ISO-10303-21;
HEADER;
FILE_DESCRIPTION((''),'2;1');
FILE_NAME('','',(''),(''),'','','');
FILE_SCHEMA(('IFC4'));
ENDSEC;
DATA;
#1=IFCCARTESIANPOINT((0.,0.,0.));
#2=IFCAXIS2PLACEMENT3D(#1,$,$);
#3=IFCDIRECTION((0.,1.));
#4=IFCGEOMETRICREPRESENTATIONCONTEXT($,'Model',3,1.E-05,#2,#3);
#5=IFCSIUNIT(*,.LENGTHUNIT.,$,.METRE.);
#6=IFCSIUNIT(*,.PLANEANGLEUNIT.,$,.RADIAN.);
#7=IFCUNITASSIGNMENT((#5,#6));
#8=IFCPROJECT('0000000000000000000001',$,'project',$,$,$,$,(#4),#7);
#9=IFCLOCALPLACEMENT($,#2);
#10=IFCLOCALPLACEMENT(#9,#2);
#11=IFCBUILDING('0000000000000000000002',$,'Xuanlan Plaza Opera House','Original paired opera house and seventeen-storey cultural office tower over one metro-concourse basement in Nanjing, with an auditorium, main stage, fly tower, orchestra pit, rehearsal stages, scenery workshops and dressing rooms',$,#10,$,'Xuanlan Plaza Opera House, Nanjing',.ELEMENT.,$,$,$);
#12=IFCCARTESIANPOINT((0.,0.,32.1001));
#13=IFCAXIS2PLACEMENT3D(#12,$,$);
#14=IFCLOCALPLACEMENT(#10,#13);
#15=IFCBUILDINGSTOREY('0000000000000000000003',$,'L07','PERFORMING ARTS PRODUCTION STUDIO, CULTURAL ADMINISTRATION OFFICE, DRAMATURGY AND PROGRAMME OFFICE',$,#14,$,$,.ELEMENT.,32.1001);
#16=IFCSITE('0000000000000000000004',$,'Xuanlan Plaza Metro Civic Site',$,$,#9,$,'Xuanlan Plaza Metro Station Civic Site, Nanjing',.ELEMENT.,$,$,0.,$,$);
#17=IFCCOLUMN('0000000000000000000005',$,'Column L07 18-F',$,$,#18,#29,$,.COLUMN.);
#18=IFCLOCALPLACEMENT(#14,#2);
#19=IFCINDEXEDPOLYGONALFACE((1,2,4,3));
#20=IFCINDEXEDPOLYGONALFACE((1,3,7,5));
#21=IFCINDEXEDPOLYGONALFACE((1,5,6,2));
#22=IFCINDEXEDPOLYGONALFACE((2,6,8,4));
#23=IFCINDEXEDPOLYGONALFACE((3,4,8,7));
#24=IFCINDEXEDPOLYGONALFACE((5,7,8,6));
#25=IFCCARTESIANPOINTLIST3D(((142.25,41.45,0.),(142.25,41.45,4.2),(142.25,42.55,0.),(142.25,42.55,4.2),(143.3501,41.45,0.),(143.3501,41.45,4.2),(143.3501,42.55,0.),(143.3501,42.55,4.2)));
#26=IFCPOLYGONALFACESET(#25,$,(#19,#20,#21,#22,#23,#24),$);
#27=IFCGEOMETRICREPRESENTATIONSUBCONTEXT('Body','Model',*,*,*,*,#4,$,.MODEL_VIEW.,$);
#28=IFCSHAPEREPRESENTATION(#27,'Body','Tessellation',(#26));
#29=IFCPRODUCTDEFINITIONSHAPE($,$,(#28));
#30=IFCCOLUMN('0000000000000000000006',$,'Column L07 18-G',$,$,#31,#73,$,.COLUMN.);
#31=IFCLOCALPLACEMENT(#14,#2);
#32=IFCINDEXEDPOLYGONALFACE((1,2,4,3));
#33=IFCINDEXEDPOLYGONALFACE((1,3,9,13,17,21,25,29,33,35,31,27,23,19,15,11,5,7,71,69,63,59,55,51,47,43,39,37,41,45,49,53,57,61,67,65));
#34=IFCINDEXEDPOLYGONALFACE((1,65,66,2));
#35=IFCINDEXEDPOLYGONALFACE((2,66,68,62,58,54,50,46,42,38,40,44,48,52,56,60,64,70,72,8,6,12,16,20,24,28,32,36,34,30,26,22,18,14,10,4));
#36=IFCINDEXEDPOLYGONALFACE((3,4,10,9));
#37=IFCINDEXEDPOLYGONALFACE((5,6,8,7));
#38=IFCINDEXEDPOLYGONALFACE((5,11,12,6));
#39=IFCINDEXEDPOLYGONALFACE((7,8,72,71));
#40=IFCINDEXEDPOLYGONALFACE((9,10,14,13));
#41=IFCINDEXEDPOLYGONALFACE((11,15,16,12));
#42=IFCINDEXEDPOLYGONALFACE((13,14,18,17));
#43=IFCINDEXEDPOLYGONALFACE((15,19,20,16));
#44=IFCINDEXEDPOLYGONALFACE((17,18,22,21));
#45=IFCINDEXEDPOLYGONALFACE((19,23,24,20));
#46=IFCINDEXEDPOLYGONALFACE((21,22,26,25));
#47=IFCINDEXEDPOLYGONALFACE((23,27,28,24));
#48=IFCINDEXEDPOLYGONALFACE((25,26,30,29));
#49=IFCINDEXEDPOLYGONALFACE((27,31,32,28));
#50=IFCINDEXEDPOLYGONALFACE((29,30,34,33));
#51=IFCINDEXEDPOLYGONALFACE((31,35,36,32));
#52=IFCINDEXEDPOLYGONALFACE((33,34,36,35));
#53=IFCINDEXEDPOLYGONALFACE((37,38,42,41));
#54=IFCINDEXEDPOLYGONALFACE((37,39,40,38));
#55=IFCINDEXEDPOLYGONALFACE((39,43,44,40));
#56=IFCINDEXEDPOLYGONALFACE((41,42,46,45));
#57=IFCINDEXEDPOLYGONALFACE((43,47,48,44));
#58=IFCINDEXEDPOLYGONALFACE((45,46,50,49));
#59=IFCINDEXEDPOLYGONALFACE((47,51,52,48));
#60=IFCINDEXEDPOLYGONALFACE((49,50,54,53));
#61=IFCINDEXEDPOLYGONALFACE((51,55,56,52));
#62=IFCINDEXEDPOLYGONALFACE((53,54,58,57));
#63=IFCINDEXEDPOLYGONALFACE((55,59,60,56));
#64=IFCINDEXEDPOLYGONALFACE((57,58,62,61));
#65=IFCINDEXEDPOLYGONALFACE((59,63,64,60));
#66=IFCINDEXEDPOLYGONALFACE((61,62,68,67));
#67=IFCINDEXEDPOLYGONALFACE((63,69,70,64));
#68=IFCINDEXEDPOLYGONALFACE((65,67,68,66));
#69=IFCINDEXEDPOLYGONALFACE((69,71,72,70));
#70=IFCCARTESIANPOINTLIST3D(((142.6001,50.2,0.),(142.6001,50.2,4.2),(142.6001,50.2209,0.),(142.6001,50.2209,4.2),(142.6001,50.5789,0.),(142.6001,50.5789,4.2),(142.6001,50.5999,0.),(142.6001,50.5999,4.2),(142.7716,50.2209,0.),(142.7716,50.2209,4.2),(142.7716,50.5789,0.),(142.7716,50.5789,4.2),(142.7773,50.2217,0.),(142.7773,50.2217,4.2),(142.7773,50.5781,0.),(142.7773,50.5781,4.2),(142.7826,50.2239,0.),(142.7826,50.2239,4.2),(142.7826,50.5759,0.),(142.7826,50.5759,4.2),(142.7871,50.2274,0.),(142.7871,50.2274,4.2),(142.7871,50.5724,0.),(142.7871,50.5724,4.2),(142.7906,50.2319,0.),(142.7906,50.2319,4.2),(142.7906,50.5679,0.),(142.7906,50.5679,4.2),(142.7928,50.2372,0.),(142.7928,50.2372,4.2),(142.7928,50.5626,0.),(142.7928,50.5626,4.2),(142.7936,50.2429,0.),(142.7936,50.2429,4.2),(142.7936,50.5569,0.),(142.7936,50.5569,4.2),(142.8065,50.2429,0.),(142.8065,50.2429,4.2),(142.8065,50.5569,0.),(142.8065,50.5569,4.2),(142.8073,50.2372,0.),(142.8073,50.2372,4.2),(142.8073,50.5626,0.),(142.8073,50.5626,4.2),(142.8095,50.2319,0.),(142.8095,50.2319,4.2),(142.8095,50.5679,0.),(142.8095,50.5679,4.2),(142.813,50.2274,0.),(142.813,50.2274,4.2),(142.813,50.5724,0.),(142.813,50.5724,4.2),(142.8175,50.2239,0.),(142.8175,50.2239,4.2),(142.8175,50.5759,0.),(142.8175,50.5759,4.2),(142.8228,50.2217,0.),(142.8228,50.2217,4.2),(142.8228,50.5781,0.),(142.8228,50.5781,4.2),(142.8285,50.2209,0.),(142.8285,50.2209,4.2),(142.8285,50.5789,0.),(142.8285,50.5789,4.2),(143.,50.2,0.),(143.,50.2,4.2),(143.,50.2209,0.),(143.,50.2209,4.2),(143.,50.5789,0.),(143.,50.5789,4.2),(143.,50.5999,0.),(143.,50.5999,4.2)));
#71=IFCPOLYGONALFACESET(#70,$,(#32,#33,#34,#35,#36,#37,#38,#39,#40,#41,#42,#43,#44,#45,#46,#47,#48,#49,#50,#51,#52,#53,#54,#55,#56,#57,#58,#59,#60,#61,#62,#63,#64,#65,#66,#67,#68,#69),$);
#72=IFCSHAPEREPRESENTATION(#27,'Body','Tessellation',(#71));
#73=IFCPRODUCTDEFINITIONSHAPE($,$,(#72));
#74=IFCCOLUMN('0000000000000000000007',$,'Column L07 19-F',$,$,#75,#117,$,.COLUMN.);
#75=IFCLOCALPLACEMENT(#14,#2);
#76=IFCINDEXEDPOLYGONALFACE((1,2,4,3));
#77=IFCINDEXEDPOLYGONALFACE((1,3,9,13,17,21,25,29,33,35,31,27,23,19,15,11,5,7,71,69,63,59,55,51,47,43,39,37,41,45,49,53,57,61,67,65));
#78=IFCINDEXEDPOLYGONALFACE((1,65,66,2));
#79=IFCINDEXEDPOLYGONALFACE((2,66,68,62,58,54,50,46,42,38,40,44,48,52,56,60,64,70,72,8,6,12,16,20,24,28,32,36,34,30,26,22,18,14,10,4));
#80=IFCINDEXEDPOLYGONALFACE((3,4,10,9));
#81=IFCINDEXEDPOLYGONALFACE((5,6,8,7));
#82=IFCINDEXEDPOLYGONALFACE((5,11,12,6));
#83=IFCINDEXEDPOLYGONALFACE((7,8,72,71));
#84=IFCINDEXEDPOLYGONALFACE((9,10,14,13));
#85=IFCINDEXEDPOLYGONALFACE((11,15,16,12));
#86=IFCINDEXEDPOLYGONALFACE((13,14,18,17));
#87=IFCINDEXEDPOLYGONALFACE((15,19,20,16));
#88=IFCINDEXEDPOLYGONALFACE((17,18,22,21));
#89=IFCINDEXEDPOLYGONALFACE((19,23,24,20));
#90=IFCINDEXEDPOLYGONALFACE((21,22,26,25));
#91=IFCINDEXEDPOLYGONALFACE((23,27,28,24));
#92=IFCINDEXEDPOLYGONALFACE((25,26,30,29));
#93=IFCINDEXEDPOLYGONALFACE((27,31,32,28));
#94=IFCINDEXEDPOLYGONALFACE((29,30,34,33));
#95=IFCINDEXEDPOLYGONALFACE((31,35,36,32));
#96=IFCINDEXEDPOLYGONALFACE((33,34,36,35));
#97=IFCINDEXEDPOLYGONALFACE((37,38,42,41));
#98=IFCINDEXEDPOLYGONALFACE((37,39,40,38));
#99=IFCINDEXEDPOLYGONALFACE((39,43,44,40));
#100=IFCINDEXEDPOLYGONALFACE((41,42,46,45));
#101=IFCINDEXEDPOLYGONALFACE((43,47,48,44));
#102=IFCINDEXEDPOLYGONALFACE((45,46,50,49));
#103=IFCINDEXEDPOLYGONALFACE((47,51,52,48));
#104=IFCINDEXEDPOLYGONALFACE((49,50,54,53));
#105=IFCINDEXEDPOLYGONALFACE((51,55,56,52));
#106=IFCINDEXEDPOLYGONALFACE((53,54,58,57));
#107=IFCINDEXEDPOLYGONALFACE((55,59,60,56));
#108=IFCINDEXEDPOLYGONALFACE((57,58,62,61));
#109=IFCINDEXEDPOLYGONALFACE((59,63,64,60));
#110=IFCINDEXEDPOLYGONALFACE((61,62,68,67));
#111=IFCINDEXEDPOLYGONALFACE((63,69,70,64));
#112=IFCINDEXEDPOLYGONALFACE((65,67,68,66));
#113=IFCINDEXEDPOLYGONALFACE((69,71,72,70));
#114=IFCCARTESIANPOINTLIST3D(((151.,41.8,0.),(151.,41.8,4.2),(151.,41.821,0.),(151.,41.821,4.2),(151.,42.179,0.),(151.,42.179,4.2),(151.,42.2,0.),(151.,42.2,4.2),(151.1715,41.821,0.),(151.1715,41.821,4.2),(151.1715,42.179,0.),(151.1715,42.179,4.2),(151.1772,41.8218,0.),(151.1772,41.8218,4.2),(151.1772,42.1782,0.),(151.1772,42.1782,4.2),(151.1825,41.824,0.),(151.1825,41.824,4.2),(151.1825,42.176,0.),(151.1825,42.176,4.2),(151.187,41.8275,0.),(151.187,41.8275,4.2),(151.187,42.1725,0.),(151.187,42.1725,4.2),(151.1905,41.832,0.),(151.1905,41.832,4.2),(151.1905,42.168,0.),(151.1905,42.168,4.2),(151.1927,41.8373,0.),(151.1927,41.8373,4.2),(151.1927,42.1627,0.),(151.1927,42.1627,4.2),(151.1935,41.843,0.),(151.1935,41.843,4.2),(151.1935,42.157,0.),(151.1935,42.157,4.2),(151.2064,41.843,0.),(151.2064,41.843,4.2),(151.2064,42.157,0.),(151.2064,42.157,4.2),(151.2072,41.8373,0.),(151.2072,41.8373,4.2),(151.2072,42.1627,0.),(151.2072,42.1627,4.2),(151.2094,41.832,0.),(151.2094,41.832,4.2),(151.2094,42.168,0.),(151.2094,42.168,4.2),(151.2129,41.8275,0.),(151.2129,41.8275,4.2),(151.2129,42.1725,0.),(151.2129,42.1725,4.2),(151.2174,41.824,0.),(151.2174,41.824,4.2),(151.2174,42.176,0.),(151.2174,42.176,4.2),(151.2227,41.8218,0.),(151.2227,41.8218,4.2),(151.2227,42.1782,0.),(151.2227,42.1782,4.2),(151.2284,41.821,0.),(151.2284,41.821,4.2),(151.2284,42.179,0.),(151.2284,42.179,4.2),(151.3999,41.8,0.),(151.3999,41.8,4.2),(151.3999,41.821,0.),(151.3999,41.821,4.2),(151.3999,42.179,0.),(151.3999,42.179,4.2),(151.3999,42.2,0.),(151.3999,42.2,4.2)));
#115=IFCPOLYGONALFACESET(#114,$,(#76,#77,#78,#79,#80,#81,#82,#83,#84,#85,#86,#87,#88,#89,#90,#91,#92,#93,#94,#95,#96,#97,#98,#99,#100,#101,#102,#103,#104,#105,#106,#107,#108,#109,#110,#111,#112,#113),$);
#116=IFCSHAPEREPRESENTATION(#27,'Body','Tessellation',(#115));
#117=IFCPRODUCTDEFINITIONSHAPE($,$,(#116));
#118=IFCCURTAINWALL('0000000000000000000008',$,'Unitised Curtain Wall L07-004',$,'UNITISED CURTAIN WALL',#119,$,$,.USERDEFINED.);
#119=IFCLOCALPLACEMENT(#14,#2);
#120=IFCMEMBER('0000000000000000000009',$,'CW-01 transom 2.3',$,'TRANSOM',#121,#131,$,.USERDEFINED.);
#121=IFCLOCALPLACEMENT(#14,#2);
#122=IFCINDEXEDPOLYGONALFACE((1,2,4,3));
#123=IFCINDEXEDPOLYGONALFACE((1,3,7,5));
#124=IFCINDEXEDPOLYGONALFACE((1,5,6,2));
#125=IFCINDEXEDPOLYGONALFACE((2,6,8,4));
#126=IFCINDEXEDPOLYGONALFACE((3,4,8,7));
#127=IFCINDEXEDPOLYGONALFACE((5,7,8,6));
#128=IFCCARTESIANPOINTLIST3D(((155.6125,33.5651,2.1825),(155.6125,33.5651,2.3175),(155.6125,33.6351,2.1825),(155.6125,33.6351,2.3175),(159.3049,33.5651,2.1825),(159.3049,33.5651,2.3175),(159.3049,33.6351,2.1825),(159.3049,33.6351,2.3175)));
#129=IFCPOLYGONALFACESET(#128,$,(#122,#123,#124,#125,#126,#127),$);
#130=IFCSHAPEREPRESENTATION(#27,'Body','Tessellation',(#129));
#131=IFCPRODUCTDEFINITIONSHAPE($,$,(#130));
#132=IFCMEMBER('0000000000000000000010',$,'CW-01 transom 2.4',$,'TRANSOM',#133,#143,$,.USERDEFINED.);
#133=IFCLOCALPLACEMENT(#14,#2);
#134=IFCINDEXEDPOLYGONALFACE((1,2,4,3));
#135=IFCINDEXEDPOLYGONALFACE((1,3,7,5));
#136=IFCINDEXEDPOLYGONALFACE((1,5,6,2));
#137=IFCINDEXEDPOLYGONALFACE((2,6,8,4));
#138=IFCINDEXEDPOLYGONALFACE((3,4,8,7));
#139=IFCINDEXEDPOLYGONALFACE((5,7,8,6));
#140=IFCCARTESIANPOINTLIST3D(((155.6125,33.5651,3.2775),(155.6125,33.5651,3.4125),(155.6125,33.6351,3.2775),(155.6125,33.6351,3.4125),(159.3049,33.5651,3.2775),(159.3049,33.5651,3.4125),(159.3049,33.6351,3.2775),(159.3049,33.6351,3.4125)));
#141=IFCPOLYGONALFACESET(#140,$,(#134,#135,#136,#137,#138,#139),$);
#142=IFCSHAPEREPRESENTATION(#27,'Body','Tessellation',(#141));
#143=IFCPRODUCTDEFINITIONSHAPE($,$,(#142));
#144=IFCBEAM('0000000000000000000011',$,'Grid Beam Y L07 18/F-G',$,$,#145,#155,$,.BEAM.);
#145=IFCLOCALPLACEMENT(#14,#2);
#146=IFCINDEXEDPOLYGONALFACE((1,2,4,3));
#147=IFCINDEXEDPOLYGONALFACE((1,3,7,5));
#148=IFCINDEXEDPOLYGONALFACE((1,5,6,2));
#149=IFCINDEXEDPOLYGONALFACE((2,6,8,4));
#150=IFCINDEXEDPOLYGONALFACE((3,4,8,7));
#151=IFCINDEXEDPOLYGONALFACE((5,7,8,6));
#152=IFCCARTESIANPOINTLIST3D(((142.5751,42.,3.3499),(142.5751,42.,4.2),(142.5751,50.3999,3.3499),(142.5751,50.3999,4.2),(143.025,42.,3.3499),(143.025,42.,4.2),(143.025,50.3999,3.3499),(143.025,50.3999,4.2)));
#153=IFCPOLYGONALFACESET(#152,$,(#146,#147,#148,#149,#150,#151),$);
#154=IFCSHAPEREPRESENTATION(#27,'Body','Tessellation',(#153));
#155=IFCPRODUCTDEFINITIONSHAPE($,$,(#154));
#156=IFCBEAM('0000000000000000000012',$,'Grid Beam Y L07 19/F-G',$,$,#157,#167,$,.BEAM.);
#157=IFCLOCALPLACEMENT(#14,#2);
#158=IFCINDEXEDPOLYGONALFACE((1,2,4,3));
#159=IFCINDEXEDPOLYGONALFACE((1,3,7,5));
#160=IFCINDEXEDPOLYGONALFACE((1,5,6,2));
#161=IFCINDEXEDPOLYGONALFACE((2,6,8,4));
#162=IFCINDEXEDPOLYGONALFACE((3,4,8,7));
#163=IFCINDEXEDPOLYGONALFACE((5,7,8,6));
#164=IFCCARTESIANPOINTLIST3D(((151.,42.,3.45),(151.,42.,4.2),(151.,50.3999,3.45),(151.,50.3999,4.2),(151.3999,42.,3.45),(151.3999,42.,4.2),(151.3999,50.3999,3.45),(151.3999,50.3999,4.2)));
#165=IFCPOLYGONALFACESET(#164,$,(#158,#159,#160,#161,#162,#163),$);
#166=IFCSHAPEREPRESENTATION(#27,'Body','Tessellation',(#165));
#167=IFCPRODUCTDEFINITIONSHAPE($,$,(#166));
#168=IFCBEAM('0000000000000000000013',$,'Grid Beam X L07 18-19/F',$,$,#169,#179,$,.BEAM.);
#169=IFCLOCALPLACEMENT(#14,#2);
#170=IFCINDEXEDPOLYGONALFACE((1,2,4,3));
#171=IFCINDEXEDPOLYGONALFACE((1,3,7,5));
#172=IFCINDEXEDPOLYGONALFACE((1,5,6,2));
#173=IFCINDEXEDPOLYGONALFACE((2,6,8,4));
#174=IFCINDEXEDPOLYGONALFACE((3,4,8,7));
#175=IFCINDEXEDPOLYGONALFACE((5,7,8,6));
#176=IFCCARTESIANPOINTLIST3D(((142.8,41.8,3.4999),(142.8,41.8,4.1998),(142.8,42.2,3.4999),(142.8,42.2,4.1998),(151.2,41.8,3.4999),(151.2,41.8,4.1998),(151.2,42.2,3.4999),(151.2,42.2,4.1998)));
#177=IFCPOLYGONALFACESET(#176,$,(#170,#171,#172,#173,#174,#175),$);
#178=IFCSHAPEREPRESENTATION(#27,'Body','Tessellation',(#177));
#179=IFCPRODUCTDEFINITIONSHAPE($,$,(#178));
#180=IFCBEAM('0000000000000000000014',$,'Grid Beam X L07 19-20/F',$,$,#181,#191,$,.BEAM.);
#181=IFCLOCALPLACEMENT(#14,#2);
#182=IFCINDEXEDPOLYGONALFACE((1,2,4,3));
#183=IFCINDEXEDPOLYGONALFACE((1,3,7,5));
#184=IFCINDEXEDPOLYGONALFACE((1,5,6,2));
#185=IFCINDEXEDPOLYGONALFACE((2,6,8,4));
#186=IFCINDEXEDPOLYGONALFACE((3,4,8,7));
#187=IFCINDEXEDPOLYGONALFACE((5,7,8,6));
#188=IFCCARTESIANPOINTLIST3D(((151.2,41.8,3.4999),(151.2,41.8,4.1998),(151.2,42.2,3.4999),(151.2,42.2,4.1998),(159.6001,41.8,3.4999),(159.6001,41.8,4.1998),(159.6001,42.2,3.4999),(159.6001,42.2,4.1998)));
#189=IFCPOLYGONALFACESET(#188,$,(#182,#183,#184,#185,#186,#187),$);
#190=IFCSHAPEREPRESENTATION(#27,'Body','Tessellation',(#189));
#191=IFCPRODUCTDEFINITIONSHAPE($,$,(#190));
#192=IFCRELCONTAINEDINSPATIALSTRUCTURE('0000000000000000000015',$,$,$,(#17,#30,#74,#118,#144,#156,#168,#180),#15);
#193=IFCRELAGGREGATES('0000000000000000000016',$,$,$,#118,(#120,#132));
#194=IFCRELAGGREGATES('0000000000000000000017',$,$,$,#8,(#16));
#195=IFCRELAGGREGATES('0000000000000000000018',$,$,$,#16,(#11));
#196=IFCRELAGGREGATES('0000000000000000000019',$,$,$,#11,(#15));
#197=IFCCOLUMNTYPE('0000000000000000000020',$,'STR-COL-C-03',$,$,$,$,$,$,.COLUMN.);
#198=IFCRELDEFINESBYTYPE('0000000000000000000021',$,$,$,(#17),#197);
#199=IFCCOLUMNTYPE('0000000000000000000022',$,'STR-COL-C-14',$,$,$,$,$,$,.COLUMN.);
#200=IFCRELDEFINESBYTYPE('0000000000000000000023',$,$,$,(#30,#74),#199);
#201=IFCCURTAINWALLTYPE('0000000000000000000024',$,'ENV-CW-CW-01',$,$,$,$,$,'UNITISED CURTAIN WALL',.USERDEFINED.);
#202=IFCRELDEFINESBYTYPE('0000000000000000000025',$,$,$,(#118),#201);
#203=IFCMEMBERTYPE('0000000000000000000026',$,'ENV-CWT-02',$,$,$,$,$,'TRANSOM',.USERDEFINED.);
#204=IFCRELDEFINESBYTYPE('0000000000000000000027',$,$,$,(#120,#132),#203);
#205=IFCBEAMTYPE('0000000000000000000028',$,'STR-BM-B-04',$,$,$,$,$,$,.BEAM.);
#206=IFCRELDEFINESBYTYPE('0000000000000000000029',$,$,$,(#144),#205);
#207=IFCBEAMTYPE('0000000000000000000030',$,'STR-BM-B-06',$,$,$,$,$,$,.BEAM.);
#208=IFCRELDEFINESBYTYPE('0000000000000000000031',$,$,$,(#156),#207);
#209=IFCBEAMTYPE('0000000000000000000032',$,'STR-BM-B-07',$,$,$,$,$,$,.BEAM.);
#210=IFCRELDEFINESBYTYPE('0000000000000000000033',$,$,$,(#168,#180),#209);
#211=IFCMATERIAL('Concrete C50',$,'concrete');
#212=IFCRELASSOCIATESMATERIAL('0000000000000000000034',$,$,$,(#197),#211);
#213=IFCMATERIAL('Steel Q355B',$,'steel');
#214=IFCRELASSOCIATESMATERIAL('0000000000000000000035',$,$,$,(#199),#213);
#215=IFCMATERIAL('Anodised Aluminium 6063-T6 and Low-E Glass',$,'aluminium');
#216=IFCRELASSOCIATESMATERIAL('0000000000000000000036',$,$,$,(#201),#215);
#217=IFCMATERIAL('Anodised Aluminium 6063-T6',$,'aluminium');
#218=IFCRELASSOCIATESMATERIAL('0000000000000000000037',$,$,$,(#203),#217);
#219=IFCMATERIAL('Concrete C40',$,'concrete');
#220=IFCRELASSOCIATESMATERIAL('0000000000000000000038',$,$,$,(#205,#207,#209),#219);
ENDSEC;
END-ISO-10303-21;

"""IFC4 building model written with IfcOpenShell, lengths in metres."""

from ifc_helpers import new_model, si_unit, direction, frame, origin, origin_2d, place, context, subcontext, project, spatial, rectangle, i_section, extrude, material, material_profile, profile_set, type_object, element, aggregate, save


model = new_model("IFC4")

# Units and contexts
model_context = context("Model", 3, precision=1e-05, world=origin(), true_north=direction((0.0, 1.0)))
body_context = subcontext(model_context, "Body", "Model", "MODEL_VIEW")
ifc_project = project(units=[si_unit("LENGTHUNIT", "METRE"), si_unit("PLANEANGLEUNIT", "RADIAN")], contexts=[model_context])

# Site, building, storey
site_placement = place(None, origin())
site = spatial("IfcSite", under=ifc_project, at=site_placement, Name="Xuanlan Plaza Metro Civic Site", LongName="Xuanlan Plaza Metro Station Civic Site, Nanjing", CompositionType="ELEMENT", RefElevation=0.0)
building_placement = place(site_placement, origin())
building = spatial("IfcBuilding", under=site, at=building_placement, Name="Xuanlan Plaza Opera House", Description="Original paired opera house and seventeen-storey cultural office tower over one metro-concourse basement in Nanjing, with an auditorium, main stage, fly tower, orchestra pit, rehearsal stages, scenery workshops and dressing rooms", LongName="Xuanlan Plaza Opera House, Nanjing", CompositionType="ELEMENT")
storey_placement = place(building_placement, frame((0.0, 0.0, 32.1001)))
storey = spatial("IfcBuildingStorey", under=building, at=storey_placement, Name="L07", Description="PERFORMING ARTS PRODUCTION STUDIO, CULTURAL ADMINISTRATION OFFICE, DRAMATURGY AND PROGRAMME OFFICE", CompositionType="ELEMENT", Elevation=32.1001)

# Columns
ifc_material_1 = material(Name="Concrete C50", Category="concrete")
ifc_material_profile_1 = material_profile(ifc_material_1, rectangle(XDim=1.1001, YDim=1.1001, at=origin_2d()), Name="RC-COL 1100x1100")
ifc_profile_set_1 = profile_set([ifc_material_profile_1], Name="Concrete C50")
column_type_1 = type_object("IfcColumnType", Name="STR-COL-C-03", PredefinedType="COLUMN", material=ifc_profile_set_1)
column_placement = place(storey_placement, frame((142.8, 42.0, 0.0), z_axis=(0.0, 0.0, 1.0), x_axis=(1.0, 0.0, 0.0)))
element("IfcColumn", 1, at=column_placement, inside=storey, type_object=column_type_1, Name="Column L07 18-F", PredefinedType="COLUMN", context=body_context, shape_type="SweptSolid", body=[
    extrude(rectangle(XDim=1.1001, YDim=1.1001, at=origin_2d()), origin(), (0.0, 0.0, 1.0), 4.2),
])
ifc_material_2 = material(Name="Steel Q355B", Category="steel")
ifc_material_profile_2 = material_profile(ifc_material_2, i_section(OverallWidth=0.3999, OverallDepth=0.3999, WebThickness=0.0129, FlangeThickness=0.021, FilletRadius=0.022, at=origin_2d()), Name="HW 400x400x13x21")
ifc_profile_set_2 = profile_set([ifc_material_profile_2], Name="Steel Q355B")
column_type_2 = type_object("IfcColumnType", Name="STR-COL-C-14", PredefinedType="COLUMN", material=ifc_profile_set_2)
for number, where, z_axis, x_axis, name in (
    (2, (142.8, 50.3999, 0.0), (0.0, 0.0, 1.0), (1.0, 0.0, 0.0), "Column L07 18-G"),
    (3, (151.2, 42.0, 0.0), (0.0, 0.0, 1.0), (1.0, 0.0, 0.0), "Column L07 19-F"),
):
    element("IfcColumn", number, at=place(storey_placement, frame(where, z_axis=z_axis, x_axis=x_axis)), inside=storey, type_object=column_type_2, Name=name, PredefinedType="COLUMN", context=body_context, shape_type="SweptSolid", body=[
        extrude(i_section(OverallWidth=0.3999, OverallDepth=0.3999, WebThickness=0.0129, FlangeThickness=0.021, FilletRadius=0.022, at=origin_2d()), origin(), (0.0, 0.0, 1.0), 4.2),
    ])

# Curtain wall, members
ifc_material_3 = material(Name="Anodised Aluminium 6063-T6 and Low-E Glass", Category="aluminium")
curtain_wall_type = type_object("IfcCurtainWallType", Name="ENV-CW-CW-01", ElementType="UNITISED CURTAIN WALL", PredefinedType="USERDEFINED", material=ifc_material_3)
curtain_wall_placement = place(storey_placement, origin())
curtain_wall = element("IfcCurtainWall", 4, at=curtain_wall_placement, inside=storey, type_object=curtain_wall_type, Name="Unitised Curtain Wall L07-004", ObjectType="UNITISED CURTAIN WALL", PredefinedType="USERDEFINED")
ifc_material_4 = material(Name="Anodised Aluminium 6063-T6", Category="aluminium")
ifc_material_profile_3 = material_profile(ifc_material_4, rectangle(XDim=0.0701, YDim=0.135, at=origin_2d()), Name="ALU-T 70x135")
ifc_profile_set_3 = profile_set([ifc_material_profile_3], Name="Anodised Aluminium 6063-T6")
member_type = type_object("IfcMemberType", Name="ENV-CWT-02", ElementType="TRANSOM", PredefinedType="USERDEFINED", material=ifc_profile_set_3)
member_1_placement = place(storey_placement, frame((155.6125, 33.6001, 2.25), z_axis=(1.0, 0.0, 0.0), x_axis=(0.0, 1.0, 0.0)))
member_1 = element("IfcMember", 5, at=member_1_placement, type_object=member_type, Name="CW-01 transom 2.3", ObjectType="TRANSOM", PredefinedType="USERDEFINED", context=body_context, shape_type="SweptSolid", body=[
    extrude(rectangle(XDim=0.0701, YDim=0.135, at=origin_2d()), origin(), (0.0, 0.0, 1.0), 3.6924),
])
member_2_placement = place(storey_placement, frame((155.6125, 33.6001, 3.345), z_axis=(1.0, 0.0, 0.0), x_axis=(0.0, 1.0, 0.0)))
member_2 = element("IfcMember", 6, at=member_2_placement, type_object=member_type, Name="CW-01 transom 2.4", ObjectType="TRANSOM", PredefinedType="USERDEFINED", context=body_context, shape_type="SweptSolid", body=[
    extrude(rectangle(XDim=0.0701, YDim=0.135, at=origin_2d()), origin(), (0.0, 0.0, 1.0), 3.6924),
])

# Beams
ifc_material_5 = material(Name="Concrete C40", Category="concrete")
ifc_material_profile_4 = material_profile(ifc_material_5, rectangle(XDim=0.45, YDim=0.8501, at=origin_2d()), Name="RC-BM 450x850")
ifc_profile_set_4 = profile_set([ifc_material_profile_4], Name="Concrete C40")
beam_type_1 = type_object("IfcBeamType", Name="STR-BM-B-04", PredefinedType="BEAM", material=ifc_profile_set_4)
beam_1_placement = place(storey_placement, frame((142.8, 42.0, 3.7749), z_axis=(0.0, 1.0, 0.0), x_axis=(-1.0, 0.0, 0.0)))
element("IfcBeam", 7, at=beam_1_placement, inside=storey, type_object=beam_type_1, Name="Grid Beam Y L07 18/F-G", PredefinedType="BEAM", context=body_context, shape_type="SweptSolid", body=[
    extrude(rectangle(XDim=0.45, YDim=0.8501, at=origin_2d()), origin(), (0.0, 0.0, 1.0), 8.3999),
])
ifc_material_profile_5 = material_profile(ifc_material_5, rectangle(XDim=0.3999, YDim=0.75, at=origin_2d()), Name="RC-BM 400x750")
ifc_profile_set_5 = profile_set([ifc_material_profile_5], Name="Concrete C40")
beam_type_2 = type_object("IfcBeamType", Name="STR-BM-B-06", PredefinedType="BEAM", material=ifc_profile_set_5)
beam_2_placement = place(storey_placement, frame((151.2, 42.0, 3.825), z_axis=(0.0, 1.0, 0.0), x_axis=(-1.0, 0.0, 0.0)))
element("IfcBeam", 8, at=beam_2_placement, inside=storey, type_object=beam_type_2, Name="Grid Beam Y L07 19/F-G", PredefinedType="BEAM", context=body_context, shape_type="SweptSolid", body=[
    extrude(rectangle(XDim=0.3999, YDim=0.75, at=origin_2d()), origin(), (0.0, 0.0, 1.0), 8.3999),
])
ifc_material_profile_6 = material_profile(ifc_material_5, rectangle(XDim=0.3999, YDim=0.7, at=origin_2d()), Name="RC-BM 400x700")
ifc_profile_set_6 = profile_set([ifc_material_profile_6], Name="Concrete C40")
beam_type_3 = type_object("IfcBeamType", Name="STR-BM-B-07", PredefinedType="BEAM", material=ifc_profile_set_6)
beam_3_placement = place(storey_placement, frame((142.8, 42.0, 3.8499), z_axis=(1.0, 0.0, 0.0), x_axis=(0.0, 1.0, 0.0)))
element("IfcBeam", 9, at=beam_3_placement, inside=storey, type_object=beam_type_3, Name="Grid Beam X L07 18-19/F", PredefinedType="BEAM", context=body_context, shape_type="SweptSolid", body=[
    extrude(rectangle(XDim=0.3999, YDim=0.7, at=origin_2d()), origin(), (0.0, 0.0, 1.0), 8.3999),
])
beam_4_placement = place(storey_placement, frame((151.2, 42.0, 3.8499), z_axis=(1.0, 0.0, 0.0), x_axis=(0.0, 1.0, 0.0)))
element("IfcBeam", 10, at=beam_4_placement, inside=storey, type_object=beam_type_3, Name="Grid Beam X L07 19-20/F", PredefinedType="BEAM", context=body_context, shape_type="SweptSolid", body=[
    extrude(rectangle(XDim=0.3999, YDim=0.7, at=origin_2d()), origin(), (0.0, 0.0, 1.0), 8.4001),
])

aggregate(curtain_wall, [member_1, member_2])

save(model, "model.ifc")
